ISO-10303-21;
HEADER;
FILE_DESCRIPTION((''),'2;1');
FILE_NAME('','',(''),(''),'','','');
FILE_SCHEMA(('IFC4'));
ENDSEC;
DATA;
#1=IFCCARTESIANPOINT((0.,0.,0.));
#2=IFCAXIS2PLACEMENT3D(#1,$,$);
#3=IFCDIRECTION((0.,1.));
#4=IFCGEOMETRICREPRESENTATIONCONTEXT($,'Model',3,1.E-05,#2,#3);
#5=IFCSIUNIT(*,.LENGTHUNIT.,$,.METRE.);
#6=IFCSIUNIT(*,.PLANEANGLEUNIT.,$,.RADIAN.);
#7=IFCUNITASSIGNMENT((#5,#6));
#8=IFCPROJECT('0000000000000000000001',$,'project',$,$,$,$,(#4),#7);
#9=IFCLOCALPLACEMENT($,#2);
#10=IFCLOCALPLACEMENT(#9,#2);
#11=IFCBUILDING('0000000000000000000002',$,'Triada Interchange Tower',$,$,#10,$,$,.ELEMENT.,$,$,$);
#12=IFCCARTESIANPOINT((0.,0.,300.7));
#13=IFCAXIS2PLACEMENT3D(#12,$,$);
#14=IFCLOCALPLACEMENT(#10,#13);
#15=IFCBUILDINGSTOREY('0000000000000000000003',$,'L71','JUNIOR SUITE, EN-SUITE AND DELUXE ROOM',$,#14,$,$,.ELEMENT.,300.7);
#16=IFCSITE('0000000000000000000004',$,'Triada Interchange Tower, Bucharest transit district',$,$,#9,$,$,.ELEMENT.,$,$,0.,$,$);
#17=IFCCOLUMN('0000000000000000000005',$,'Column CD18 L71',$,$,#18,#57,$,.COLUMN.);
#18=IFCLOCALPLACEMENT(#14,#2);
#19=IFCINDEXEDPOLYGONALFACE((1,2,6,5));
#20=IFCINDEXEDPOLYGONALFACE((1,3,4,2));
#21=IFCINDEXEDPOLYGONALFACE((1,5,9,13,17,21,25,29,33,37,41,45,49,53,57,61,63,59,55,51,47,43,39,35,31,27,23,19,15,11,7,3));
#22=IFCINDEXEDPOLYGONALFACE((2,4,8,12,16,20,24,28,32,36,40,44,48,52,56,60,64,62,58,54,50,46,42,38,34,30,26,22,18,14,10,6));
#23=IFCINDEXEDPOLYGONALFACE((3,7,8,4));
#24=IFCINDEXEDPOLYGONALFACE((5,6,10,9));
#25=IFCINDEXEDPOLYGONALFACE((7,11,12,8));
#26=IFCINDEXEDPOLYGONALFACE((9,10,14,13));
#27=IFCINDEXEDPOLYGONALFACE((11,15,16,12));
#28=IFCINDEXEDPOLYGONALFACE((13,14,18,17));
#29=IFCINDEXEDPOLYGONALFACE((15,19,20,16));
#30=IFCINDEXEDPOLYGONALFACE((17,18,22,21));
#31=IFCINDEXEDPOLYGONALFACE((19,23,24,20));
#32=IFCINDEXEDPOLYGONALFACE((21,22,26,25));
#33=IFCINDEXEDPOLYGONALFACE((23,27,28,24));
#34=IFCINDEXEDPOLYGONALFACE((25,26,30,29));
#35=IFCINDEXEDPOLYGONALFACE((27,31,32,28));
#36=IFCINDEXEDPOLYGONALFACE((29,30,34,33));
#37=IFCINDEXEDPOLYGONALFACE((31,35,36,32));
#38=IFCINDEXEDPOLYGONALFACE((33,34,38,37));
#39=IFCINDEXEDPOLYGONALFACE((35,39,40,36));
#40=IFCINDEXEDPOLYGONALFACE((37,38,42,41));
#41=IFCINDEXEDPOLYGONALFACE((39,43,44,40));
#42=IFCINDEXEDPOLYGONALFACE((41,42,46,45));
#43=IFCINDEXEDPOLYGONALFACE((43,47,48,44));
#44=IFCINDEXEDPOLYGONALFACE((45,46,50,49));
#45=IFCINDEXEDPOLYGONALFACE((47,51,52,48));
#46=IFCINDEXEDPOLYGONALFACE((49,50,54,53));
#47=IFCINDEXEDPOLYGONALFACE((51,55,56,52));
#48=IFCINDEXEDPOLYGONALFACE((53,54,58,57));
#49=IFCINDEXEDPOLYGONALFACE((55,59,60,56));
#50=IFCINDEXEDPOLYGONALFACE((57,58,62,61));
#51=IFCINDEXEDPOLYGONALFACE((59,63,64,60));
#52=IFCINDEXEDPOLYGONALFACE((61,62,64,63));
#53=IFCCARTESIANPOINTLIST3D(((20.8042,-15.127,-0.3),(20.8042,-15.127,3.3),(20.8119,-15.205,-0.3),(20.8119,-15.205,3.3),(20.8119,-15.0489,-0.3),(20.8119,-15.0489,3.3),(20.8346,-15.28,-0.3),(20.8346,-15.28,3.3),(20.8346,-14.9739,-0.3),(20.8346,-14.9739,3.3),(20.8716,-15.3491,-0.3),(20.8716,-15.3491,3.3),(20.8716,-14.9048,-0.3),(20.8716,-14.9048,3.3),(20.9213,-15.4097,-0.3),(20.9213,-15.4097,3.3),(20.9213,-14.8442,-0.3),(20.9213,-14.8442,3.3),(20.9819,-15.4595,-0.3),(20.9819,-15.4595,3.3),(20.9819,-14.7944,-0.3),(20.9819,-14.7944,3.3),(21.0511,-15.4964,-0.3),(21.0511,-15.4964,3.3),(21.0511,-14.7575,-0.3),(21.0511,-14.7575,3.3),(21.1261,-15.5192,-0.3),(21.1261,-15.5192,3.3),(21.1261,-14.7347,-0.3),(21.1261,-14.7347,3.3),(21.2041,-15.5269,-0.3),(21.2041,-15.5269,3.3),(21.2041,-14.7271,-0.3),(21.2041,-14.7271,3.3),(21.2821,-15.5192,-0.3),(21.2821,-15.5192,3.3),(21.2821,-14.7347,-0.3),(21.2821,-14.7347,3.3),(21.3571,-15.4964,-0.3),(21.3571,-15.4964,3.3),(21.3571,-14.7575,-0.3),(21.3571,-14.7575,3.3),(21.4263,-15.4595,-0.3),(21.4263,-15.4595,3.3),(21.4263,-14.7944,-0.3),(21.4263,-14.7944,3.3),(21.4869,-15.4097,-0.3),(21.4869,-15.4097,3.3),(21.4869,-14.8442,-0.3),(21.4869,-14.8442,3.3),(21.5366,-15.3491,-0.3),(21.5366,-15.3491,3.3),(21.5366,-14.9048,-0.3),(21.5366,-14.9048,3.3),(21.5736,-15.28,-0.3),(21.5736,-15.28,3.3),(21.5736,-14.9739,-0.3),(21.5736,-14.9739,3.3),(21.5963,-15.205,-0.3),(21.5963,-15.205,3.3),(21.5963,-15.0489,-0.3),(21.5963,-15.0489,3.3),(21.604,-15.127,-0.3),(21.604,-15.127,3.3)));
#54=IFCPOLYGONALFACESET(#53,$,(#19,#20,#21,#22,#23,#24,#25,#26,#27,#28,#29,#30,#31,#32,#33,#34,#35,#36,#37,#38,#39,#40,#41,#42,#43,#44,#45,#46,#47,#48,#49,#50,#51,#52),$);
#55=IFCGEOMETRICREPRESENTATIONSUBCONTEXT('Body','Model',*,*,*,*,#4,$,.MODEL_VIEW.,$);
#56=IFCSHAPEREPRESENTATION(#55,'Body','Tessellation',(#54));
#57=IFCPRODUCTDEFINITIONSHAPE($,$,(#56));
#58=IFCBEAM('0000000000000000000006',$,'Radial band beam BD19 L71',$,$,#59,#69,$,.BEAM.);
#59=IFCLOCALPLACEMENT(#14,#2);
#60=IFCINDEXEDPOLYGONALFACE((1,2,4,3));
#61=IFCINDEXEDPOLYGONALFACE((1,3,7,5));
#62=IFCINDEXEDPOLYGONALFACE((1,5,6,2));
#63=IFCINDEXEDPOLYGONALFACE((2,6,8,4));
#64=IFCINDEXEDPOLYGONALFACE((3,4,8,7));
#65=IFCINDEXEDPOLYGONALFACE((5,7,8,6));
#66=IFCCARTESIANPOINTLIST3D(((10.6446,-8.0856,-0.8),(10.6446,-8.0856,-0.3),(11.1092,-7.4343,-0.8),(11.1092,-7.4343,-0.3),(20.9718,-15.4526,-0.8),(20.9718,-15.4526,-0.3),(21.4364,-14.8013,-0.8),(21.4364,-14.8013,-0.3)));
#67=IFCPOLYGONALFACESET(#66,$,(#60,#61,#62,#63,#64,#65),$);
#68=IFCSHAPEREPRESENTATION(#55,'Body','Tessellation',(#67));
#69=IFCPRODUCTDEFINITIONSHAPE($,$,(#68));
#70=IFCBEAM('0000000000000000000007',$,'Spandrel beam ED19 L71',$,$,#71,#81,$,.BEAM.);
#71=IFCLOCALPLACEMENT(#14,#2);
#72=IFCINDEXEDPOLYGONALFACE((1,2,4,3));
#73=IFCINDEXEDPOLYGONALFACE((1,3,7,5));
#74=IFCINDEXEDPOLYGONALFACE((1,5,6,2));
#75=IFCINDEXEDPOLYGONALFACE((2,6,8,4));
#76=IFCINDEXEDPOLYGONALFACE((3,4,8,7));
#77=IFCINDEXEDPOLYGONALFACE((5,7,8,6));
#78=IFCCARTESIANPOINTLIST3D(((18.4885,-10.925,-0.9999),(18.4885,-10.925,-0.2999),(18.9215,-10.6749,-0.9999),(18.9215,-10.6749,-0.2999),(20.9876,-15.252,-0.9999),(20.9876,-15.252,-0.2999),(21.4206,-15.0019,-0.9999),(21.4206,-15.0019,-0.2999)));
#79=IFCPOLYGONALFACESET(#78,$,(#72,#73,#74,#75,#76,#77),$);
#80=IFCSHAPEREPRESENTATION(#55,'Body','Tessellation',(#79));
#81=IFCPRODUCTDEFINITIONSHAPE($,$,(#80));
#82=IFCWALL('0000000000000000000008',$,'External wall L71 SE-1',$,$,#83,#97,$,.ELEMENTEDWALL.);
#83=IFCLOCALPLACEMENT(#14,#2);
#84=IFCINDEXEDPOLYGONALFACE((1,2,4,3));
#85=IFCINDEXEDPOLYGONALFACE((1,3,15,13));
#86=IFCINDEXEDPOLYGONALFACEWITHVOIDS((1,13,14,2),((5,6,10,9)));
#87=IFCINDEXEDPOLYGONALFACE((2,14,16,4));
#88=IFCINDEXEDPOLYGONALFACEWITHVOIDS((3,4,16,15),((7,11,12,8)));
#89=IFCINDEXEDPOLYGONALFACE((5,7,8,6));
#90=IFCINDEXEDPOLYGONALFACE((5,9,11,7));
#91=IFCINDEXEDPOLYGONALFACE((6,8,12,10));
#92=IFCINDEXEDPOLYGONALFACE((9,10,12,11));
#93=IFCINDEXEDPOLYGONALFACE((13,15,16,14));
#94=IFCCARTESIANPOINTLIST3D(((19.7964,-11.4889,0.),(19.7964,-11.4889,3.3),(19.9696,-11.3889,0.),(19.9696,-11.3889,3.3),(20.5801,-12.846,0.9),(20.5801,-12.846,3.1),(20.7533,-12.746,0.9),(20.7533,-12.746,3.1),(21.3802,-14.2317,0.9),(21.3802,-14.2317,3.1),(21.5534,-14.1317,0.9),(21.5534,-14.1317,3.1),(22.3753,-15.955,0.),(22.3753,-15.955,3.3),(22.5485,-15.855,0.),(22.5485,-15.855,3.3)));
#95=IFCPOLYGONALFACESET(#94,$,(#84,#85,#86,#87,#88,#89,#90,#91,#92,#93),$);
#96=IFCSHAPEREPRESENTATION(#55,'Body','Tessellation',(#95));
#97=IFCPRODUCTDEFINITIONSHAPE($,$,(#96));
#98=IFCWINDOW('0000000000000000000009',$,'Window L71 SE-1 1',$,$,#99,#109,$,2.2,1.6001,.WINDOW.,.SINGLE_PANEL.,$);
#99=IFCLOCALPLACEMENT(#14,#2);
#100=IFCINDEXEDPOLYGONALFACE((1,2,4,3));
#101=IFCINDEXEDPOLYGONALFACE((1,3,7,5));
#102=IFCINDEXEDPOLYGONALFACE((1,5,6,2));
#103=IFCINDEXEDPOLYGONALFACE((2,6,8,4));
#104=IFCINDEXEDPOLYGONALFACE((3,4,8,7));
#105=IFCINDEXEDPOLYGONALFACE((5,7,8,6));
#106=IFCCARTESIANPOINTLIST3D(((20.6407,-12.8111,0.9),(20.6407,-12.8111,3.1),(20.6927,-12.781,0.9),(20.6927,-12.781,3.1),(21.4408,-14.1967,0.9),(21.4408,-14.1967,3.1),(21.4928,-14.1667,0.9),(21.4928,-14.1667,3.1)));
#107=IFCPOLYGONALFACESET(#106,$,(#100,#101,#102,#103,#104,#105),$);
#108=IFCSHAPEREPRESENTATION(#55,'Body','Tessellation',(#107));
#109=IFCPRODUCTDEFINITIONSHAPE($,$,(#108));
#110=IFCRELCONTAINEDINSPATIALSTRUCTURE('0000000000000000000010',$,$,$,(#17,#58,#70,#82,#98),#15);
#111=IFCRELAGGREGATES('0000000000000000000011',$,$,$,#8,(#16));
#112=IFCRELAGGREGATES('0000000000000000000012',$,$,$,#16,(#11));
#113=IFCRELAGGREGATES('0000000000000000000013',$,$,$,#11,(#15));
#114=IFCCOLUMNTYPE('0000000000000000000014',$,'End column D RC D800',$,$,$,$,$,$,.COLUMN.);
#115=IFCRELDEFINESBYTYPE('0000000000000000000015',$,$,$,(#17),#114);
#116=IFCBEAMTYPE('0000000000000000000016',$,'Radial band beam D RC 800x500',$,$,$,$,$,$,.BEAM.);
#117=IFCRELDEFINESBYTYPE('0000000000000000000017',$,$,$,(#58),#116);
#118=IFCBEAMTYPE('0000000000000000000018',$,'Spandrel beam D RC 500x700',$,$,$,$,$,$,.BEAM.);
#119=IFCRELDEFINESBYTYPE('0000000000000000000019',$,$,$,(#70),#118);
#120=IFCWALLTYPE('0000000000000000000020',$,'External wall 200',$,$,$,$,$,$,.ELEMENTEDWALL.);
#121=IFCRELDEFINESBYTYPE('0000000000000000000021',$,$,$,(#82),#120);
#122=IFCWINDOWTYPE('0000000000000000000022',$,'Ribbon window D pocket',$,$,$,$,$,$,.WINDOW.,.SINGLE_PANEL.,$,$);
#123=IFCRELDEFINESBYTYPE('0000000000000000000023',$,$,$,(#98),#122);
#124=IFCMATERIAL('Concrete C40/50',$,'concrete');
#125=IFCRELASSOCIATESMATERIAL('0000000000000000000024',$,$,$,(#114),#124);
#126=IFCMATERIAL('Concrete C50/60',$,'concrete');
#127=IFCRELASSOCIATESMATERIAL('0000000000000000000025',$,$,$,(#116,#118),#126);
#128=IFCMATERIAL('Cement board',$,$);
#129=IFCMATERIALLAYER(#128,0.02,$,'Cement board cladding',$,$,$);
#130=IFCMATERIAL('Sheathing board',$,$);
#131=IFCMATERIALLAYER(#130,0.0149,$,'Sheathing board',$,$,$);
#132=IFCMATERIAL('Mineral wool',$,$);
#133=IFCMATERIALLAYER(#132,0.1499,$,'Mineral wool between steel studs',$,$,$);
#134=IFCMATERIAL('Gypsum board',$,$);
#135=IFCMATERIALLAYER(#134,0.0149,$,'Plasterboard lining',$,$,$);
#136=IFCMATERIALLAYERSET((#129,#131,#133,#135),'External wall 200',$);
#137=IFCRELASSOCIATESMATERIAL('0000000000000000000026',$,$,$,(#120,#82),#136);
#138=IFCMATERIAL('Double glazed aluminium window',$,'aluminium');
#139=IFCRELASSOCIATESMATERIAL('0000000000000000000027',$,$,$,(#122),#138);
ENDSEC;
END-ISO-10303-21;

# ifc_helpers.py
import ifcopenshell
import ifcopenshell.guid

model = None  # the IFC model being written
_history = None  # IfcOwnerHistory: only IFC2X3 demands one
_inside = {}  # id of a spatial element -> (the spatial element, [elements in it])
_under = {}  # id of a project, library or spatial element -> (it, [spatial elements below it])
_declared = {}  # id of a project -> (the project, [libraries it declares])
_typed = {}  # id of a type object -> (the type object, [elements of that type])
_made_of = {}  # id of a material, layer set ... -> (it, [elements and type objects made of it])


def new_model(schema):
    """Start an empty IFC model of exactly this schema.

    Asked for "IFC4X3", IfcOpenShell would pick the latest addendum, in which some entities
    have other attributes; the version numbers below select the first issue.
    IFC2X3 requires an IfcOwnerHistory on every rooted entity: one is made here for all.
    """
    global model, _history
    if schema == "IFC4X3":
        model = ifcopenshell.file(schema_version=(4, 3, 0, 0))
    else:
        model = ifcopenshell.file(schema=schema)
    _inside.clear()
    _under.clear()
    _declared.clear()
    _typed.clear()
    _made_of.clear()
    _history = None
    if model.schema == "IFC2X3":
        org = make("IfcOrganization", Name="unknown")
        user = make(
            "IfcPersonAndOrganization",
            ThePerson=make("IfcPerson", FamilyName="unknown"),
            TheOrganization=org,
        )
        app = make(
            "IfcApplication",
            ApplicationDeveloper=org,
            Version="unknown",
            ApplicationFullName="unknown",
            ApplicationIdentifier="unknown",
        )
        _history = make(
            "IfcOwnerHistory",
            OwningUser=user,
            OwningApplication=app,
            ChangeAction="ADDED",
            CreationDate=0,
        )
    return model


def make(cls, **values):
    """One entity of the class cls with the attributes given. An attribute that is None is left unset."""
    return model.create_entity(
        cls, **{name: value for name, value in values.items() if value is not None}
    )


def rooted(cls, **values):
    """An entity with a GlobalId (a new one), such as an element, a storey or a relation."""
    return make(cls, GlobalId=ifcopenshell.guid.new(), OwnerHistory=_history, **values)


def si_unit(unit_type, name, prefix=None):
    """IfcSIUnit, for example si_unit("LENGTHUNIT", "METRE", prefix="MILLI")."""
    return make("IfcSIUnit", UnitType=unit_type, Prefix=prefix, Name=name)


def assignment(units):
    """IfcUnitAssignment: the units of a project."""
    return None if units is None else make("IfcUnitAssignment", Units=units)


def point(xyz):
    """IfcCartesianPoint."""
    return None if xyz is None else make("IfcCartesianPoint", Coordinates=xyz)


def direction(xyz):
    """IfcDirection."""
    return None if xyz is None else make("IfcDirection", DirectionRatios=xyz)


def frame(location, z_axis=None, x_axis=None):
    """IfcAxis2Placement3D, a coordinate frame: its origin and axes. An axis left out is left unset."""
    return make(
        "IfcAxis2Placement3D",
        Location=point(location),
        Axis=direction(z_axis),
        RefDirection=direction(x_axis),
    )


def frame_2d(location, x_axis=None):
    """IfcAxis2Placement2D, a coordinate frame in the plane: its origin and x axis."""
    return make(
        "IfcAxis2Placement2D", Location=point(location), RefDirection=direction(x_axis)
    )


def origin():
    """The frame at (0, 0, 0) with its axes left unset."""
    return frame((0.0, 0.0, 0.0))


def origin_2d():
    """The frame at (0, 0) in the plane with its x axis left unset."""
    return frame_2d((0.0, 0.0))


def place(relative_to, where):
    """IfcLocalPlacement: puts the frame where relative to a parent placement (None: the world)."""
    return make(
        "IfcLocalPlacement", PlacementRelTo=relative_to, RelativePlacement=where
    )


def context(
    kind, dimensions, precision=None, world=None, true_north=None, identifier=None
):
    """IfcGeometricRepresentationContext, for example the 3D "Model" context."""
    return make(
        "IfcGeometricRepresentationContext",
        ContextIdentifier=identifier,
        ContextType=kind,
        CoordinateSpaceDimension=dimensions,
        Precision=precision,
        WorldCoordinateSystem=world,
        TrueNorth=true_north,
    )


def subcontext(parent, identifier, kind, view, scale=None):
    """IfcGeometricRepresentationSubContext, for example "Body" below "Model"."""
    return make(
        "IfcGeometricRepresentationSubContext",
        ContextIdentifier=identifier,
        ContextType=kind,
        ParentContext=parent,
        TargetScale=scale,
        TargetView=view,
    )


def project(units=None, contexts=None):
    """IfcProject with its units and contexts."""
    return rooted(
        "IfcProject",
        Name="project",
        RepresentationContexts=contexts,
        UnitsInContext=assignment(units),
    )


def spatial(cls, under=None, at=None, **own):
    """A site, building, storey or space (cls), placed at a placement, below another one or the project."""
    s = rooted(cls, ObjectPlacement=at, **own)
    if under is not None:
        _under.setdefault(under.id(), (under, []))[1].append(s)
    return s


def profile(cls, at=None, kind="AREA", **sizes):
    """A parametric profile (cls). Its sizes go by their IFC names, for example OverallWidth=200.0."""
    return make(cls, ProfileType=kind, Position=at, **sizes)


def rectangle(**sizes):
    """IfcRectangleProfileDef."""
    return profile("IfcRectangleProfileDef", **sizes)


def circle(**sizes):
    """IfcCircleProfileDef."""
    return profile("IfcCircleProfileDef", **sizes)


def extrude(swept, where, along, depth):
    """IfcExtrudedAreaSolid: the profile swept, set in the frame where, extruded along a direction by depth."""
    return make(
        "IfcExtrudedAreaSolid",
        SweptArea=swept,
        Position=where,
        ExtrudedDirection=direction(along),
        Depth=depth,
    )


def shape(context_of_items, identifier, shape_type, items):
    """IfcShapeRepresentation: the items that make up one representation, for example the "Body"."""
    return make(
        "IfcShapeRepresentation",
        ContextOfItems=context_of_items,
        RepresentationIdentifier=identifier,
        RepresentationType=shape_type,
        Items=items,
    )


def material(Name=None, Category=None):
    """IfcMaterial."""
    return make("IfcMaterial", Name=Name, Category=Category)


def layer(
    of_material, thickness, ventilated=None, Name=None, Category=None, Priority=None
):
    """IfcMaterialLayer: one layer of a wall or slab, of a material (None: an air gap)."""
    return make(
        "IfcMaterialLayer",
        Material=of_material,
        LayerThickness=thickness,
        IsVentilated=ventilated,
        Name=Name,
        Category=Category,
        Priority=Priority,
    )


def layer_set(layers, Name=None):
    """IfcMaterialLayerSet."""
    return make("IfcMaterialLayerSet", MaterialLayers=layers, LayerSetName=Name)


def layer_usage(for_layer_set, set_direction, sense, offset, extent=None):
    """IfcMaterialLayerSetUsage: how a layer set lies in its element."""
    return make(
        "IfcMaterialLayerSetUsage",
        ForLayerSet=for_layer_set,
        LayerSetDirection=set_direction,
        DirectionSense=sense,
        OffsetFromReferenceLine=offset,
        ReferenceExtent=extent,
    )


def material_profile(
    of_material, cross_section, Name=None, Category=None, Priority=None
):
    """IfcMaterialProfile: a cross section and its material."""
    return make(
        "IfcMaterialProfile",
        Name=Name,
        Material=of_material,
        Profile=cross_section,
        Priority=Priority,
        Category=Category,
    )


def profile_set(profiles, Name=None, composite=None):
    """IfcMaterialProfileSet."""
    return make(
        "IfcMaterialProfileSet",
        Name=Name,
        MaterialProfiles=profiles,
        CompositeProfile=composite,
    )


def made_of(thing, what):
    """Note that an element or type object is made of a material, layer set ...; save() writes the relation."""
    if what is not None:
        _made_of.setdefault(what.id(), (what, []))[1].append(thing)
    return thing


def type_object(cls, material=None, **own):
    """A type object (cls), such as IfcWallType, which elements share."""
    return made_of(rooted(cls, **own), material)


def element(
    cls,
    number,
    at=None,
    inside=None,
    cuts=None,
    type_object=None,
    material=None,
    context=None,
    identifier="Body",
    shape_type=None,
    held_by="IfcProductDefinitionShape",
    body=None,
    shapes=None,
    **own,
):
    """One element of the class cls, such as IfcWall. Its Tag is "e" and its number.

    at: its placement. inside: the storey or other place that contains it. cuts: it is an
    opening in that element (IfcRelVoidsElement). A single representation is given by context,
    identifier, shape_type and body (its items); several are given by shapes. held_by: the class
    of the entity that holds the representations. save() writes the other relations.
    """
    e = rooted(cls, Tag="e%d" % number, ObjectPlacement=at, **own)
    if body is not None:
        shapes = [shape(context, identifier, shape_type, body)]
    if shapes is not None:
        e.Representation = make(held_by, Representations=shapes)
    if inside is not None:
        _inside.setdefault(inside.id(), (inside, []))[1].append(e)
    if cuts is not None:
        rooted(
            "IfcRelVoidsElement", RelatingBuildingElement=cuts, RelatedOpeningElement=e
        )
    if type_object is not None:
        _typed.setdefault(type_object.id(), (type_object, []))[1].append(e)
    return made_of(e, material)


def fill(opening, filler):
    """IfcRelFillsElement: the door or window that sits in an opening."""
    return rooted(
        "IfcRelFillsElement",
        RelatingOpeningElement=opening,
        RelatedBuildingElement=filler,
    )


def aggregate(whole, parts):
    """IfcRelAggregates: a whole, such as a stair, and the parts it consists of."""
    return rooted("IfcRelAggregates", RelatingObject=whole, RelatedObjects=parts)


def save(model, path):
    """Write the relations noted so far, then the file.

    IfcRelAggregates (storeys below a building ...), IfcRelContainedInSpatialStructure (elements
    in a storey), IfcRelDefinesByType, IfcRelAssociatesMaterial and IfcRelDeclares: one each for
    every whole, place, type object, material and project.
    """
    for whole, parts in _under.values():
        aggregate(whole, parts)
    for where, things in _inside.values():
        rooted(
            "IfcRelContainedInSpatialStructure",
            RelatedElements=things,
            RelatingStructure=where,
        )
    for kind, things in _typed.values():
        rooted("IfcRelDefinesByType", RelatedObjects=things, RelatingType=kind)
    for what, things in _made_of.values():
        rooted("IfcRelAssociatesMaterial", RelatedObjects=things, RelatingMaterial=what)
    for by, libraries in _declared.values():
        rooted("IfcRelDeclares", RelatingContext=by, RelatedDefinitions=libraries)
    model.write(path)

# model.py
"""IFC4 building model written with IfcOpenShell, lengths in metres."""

from ifc_helpers import new_model, si_unit, direction, frame, frame_2d, origin, origin_2d, place, context, subcontext, project, spatial, rectangle, circle, extrude, material, layer, layer_set, layer_usage, material_profile, profile_set, type_object, element, fill, save


model = new_model("IFC4")

# Units and contexts
model_context = context("Model", 3, precision=1e-05, world=origin(), true_north=direction((0.0, 1.0)))
body_context = subcontext(model_context, "Body", "Model", "MODEL_VIEW")
ifc_project = project(units=[si_unit("LENGTHUNIT", "METRE"), si_unit("PLANEANGLEUNIT", "RADIAN")], contexts=[model_context])

# Site, building, storey
site_placement = place(None, origin())
site = spatial("IfcSite", under=ifc_project, at=site_placement, Name="Triada Interchange Tower, Bucharest transit district", CompositionType="ELEMENT", RefElevation=0.0)
building_placement = place(site_placement, origin())
building = spatial("IfcBuilding", under=site, at=building_placement, Name="Triada Interchange Tower", CompositionType="ELEMENT")
storey_placement = place(building_placement, frame((0.0, 0.0, 300.7)))
storey = spatial("IfcBuildingStorey", under=building, at=storey_placement, Name="L71", Description="JUNIOR SUITE, EN-SUITE AND DELUXE ROOM", CompositionType="ELEMENT", Elevation=300.7)

# Column
ifc_material_1 = material(Name="Concrete C40/50", Category="concrete")
ifc_material_profile_1 = material_profile(ifc_material_1, circle(Radius=0.3999, at=origin_2d()), Name="RC D800")
ifc_profile_set_1 = profile_set([ifc_material_profile_1], Name="Concrete C40/50")
column_type = type_object("IfcColumnType", Name="End column D RC D800", PredefinedType="COLUMN", material=ifc_profile_set_1)
column_placement = place(storey_placement, frame((21.2041, -15.127, -0.3), z_axis=(0.0, 0.0, 1.0), x_axis=(1.0, 0.0, 0.0)))
element("IfcColumn", 1, at=column_placement, inside=storey, type_object=column_type, Name="Column CD18 L71", PredefinedType="COLUMN", context=body_context, shape_type="SweptSolid", body=[
    extrude(circle(Radius=0.3999, at=origin_2d()), origin(), (0.0, 0.0, 1.0), 3.6001),
])

# Beams
ifc_material_2 = material(Name="Concrete C50/60", Category="concrete")
ifc_material_profile_2 = material_profile(ifc_material_2, rectangle(XDim=0.8, YDim=0.5, at=origin_2d()), Name="RC 800x500")
ifc_profile_set_2 = profile_set([ifc_material_profile_2], Name="Concrete C50/60")
beam_type_1 = type_object("IfcBeamType", Name="Radial band beam D RC 800x500", PredefinedType="BEAM", material=ifc_profile_set_2)
beam_1_placement = place(storey_placement, frame((21.2041, -15.127, -0.55), z_axis=(-0.814091, 0.580737, 0.0), x_axis=(-0.580737, -0.814091, 0.0)))
element("IfcBeam", 2, at=beam_1_placement, inside=storey, type_object=beam_type_1, Name="Radial band beam BD19 L71", PredefinedType="BEAM", context=body_context, shape_type="SweptSolid", body=[
    extrude(rectangle(XDim=0.8, YDim=0.5, at=origin_2d()), origin(), (0.0, 0.0, 1.0), 12.6855),
])
ifc_material_profile_3 = material_profile(ifc_material_2, rectangle(XDim=0.5, YDim=0.7, at=origin_2d()), Name="RC 500x700")
ifc_profile_set_3 = profile_set([ifc_material_profile_3], Name="Concrete C50/60")
beam_type_2 = type_object("IfcBeamType", Name="Spandrel beam D RC 500x700", PredefinedType="BEAM", material=ifc_profile_set_3)
beam_2_placement = place(storey_placement, frame((21.2041, -15.127, -0.6499), z_axis=(-0.500133, 0.865949, 0.0), x_axis=(-0.865949, -0.500133, 0.0)))
element("IfcBeam", 3, at=beam_2_placement, inside=storey, type_object=beam_type_2, Name="Spandrel beam ED19 L71", PredefinedType="BEAM", context=body_context, shape_type="SweptSolid", body=[
    extrude(rectangle(XDim=0.5, YDim=0.7, at=origin_2d()), origin(), (0.0, 0.0, 1.0), 4.9968),
])

# Wall, opening, window
ifc_material_3 = material(Name="Cement board")
ifc_layer_1 = layer(ifc_material_3, 0.02, Name="Cement board cladding")
ifc_material_4 = material(Name="Sheathing board")
ifc_layer_2 = layer(ifc_material_4, 0.0149, Name="Sheathing board")
ifc_material_5 = material(Name="Mineral wool")
ifc_layer_3 = layer(ifc_material_5, 0.1499, Name="Mineral wool between steel studs")
ifc_material_6 = material(Name="Gypsum board")
ifc_layer_4 = layer(ifc_material_6, 0.0149, Name="Plasterboard lining")
ifc_layer_set_1 = layer_set([ifc_layer_1, ifc_layer_2, ifc_layer_3, ifc_layer_4], Name="External wall 200")
ifc_layer_usage = layer_usage(ifc_layer_set_1, "AXIS2", "POSITIVE", -0.1001)
wall_type = type_object("IfcWallType", Name="External wall 200", PredefinedType="ELEMENTEDWALL", material=ifc_layer_set_1)
wall_1_placement = place(storey_placement, frame((22.4619, -15.905, 0.0), z_axis=(0.0, 0.0, 1.0), x_axis=(-0.500054, 0.865994, 0.0)))
wall_1 = element("IfcWall", 4, at=wall_1_placement, inside=storey, type_object=wall_type, material=ifc_layer_usage, Name="External wall L71 SE-1", PredefinedType="ELEMENTEDWALL", context=body_context, shape_type="SweptSolid", body=[
    extrude(rectangle(XDim=5.1572, YDim=0.2, at=frame_2d((2.5786, 0.0))), origin(), (0.0, 0.0, 1.0), 3.3),
])
opening_1_placement = place(wall_1_placement, frame((1.99, 0.0, 0.8999)))
opening_1 = element("IfcOpeningElement", 5, at=opening_1_placement, cuts=wall_1, PredefinedType="OPENING", context=body_context, shape_type="SweptSolid", body=[
    extrude(rectangle(XDim=1.6001, YDim=2.2, at=frame_2d((0.8, 1.1001))), frame((0.0, 0.1099, 0.0), z_axis=(0.0, -1.0, 0.0), x_axis=(1.0, 0.0, 0.0)), (0.0, 0.0, 1.0), 0.22),
])
ifc_material_7 = material(Name="Double glazed aluminium window", Category="aluminium")
window_type_1 = type_object("IfcWindowType", Name="Ribbon window D pocket", PartitioningType="SINGLE_PANEL", PredefinedType="WINDOW", material=ifc_material_7)
window_1_placement = place(opening_1_placement, origin())
window_1 = element("IfcWindow", 6, at=window_1_placement, inside=storey, type_object=window_type_1, Name="Window L71 SE-1 1", OverallHeight=2.2, OverallWidth=1.6001, PartitioningType="SINGLE_PANEL", PredefinedType="WINDOW", context=body_context, shape_type="SweptSolid", body=[
    extrude(rectangle(XDim=1.6001, YDim=2.2, at=frame_2d((0.8, 1.1001))), frame((0.0, 0.03, 0.0), z_axis=(0.0, -1.0, 0.0), x_axis=(1.0, 0.0, 0.0)), (0.0, 0.0, 1.0), 0.0601),
])
fill(opening_1, window_1)

save(model, "model.ifc")
